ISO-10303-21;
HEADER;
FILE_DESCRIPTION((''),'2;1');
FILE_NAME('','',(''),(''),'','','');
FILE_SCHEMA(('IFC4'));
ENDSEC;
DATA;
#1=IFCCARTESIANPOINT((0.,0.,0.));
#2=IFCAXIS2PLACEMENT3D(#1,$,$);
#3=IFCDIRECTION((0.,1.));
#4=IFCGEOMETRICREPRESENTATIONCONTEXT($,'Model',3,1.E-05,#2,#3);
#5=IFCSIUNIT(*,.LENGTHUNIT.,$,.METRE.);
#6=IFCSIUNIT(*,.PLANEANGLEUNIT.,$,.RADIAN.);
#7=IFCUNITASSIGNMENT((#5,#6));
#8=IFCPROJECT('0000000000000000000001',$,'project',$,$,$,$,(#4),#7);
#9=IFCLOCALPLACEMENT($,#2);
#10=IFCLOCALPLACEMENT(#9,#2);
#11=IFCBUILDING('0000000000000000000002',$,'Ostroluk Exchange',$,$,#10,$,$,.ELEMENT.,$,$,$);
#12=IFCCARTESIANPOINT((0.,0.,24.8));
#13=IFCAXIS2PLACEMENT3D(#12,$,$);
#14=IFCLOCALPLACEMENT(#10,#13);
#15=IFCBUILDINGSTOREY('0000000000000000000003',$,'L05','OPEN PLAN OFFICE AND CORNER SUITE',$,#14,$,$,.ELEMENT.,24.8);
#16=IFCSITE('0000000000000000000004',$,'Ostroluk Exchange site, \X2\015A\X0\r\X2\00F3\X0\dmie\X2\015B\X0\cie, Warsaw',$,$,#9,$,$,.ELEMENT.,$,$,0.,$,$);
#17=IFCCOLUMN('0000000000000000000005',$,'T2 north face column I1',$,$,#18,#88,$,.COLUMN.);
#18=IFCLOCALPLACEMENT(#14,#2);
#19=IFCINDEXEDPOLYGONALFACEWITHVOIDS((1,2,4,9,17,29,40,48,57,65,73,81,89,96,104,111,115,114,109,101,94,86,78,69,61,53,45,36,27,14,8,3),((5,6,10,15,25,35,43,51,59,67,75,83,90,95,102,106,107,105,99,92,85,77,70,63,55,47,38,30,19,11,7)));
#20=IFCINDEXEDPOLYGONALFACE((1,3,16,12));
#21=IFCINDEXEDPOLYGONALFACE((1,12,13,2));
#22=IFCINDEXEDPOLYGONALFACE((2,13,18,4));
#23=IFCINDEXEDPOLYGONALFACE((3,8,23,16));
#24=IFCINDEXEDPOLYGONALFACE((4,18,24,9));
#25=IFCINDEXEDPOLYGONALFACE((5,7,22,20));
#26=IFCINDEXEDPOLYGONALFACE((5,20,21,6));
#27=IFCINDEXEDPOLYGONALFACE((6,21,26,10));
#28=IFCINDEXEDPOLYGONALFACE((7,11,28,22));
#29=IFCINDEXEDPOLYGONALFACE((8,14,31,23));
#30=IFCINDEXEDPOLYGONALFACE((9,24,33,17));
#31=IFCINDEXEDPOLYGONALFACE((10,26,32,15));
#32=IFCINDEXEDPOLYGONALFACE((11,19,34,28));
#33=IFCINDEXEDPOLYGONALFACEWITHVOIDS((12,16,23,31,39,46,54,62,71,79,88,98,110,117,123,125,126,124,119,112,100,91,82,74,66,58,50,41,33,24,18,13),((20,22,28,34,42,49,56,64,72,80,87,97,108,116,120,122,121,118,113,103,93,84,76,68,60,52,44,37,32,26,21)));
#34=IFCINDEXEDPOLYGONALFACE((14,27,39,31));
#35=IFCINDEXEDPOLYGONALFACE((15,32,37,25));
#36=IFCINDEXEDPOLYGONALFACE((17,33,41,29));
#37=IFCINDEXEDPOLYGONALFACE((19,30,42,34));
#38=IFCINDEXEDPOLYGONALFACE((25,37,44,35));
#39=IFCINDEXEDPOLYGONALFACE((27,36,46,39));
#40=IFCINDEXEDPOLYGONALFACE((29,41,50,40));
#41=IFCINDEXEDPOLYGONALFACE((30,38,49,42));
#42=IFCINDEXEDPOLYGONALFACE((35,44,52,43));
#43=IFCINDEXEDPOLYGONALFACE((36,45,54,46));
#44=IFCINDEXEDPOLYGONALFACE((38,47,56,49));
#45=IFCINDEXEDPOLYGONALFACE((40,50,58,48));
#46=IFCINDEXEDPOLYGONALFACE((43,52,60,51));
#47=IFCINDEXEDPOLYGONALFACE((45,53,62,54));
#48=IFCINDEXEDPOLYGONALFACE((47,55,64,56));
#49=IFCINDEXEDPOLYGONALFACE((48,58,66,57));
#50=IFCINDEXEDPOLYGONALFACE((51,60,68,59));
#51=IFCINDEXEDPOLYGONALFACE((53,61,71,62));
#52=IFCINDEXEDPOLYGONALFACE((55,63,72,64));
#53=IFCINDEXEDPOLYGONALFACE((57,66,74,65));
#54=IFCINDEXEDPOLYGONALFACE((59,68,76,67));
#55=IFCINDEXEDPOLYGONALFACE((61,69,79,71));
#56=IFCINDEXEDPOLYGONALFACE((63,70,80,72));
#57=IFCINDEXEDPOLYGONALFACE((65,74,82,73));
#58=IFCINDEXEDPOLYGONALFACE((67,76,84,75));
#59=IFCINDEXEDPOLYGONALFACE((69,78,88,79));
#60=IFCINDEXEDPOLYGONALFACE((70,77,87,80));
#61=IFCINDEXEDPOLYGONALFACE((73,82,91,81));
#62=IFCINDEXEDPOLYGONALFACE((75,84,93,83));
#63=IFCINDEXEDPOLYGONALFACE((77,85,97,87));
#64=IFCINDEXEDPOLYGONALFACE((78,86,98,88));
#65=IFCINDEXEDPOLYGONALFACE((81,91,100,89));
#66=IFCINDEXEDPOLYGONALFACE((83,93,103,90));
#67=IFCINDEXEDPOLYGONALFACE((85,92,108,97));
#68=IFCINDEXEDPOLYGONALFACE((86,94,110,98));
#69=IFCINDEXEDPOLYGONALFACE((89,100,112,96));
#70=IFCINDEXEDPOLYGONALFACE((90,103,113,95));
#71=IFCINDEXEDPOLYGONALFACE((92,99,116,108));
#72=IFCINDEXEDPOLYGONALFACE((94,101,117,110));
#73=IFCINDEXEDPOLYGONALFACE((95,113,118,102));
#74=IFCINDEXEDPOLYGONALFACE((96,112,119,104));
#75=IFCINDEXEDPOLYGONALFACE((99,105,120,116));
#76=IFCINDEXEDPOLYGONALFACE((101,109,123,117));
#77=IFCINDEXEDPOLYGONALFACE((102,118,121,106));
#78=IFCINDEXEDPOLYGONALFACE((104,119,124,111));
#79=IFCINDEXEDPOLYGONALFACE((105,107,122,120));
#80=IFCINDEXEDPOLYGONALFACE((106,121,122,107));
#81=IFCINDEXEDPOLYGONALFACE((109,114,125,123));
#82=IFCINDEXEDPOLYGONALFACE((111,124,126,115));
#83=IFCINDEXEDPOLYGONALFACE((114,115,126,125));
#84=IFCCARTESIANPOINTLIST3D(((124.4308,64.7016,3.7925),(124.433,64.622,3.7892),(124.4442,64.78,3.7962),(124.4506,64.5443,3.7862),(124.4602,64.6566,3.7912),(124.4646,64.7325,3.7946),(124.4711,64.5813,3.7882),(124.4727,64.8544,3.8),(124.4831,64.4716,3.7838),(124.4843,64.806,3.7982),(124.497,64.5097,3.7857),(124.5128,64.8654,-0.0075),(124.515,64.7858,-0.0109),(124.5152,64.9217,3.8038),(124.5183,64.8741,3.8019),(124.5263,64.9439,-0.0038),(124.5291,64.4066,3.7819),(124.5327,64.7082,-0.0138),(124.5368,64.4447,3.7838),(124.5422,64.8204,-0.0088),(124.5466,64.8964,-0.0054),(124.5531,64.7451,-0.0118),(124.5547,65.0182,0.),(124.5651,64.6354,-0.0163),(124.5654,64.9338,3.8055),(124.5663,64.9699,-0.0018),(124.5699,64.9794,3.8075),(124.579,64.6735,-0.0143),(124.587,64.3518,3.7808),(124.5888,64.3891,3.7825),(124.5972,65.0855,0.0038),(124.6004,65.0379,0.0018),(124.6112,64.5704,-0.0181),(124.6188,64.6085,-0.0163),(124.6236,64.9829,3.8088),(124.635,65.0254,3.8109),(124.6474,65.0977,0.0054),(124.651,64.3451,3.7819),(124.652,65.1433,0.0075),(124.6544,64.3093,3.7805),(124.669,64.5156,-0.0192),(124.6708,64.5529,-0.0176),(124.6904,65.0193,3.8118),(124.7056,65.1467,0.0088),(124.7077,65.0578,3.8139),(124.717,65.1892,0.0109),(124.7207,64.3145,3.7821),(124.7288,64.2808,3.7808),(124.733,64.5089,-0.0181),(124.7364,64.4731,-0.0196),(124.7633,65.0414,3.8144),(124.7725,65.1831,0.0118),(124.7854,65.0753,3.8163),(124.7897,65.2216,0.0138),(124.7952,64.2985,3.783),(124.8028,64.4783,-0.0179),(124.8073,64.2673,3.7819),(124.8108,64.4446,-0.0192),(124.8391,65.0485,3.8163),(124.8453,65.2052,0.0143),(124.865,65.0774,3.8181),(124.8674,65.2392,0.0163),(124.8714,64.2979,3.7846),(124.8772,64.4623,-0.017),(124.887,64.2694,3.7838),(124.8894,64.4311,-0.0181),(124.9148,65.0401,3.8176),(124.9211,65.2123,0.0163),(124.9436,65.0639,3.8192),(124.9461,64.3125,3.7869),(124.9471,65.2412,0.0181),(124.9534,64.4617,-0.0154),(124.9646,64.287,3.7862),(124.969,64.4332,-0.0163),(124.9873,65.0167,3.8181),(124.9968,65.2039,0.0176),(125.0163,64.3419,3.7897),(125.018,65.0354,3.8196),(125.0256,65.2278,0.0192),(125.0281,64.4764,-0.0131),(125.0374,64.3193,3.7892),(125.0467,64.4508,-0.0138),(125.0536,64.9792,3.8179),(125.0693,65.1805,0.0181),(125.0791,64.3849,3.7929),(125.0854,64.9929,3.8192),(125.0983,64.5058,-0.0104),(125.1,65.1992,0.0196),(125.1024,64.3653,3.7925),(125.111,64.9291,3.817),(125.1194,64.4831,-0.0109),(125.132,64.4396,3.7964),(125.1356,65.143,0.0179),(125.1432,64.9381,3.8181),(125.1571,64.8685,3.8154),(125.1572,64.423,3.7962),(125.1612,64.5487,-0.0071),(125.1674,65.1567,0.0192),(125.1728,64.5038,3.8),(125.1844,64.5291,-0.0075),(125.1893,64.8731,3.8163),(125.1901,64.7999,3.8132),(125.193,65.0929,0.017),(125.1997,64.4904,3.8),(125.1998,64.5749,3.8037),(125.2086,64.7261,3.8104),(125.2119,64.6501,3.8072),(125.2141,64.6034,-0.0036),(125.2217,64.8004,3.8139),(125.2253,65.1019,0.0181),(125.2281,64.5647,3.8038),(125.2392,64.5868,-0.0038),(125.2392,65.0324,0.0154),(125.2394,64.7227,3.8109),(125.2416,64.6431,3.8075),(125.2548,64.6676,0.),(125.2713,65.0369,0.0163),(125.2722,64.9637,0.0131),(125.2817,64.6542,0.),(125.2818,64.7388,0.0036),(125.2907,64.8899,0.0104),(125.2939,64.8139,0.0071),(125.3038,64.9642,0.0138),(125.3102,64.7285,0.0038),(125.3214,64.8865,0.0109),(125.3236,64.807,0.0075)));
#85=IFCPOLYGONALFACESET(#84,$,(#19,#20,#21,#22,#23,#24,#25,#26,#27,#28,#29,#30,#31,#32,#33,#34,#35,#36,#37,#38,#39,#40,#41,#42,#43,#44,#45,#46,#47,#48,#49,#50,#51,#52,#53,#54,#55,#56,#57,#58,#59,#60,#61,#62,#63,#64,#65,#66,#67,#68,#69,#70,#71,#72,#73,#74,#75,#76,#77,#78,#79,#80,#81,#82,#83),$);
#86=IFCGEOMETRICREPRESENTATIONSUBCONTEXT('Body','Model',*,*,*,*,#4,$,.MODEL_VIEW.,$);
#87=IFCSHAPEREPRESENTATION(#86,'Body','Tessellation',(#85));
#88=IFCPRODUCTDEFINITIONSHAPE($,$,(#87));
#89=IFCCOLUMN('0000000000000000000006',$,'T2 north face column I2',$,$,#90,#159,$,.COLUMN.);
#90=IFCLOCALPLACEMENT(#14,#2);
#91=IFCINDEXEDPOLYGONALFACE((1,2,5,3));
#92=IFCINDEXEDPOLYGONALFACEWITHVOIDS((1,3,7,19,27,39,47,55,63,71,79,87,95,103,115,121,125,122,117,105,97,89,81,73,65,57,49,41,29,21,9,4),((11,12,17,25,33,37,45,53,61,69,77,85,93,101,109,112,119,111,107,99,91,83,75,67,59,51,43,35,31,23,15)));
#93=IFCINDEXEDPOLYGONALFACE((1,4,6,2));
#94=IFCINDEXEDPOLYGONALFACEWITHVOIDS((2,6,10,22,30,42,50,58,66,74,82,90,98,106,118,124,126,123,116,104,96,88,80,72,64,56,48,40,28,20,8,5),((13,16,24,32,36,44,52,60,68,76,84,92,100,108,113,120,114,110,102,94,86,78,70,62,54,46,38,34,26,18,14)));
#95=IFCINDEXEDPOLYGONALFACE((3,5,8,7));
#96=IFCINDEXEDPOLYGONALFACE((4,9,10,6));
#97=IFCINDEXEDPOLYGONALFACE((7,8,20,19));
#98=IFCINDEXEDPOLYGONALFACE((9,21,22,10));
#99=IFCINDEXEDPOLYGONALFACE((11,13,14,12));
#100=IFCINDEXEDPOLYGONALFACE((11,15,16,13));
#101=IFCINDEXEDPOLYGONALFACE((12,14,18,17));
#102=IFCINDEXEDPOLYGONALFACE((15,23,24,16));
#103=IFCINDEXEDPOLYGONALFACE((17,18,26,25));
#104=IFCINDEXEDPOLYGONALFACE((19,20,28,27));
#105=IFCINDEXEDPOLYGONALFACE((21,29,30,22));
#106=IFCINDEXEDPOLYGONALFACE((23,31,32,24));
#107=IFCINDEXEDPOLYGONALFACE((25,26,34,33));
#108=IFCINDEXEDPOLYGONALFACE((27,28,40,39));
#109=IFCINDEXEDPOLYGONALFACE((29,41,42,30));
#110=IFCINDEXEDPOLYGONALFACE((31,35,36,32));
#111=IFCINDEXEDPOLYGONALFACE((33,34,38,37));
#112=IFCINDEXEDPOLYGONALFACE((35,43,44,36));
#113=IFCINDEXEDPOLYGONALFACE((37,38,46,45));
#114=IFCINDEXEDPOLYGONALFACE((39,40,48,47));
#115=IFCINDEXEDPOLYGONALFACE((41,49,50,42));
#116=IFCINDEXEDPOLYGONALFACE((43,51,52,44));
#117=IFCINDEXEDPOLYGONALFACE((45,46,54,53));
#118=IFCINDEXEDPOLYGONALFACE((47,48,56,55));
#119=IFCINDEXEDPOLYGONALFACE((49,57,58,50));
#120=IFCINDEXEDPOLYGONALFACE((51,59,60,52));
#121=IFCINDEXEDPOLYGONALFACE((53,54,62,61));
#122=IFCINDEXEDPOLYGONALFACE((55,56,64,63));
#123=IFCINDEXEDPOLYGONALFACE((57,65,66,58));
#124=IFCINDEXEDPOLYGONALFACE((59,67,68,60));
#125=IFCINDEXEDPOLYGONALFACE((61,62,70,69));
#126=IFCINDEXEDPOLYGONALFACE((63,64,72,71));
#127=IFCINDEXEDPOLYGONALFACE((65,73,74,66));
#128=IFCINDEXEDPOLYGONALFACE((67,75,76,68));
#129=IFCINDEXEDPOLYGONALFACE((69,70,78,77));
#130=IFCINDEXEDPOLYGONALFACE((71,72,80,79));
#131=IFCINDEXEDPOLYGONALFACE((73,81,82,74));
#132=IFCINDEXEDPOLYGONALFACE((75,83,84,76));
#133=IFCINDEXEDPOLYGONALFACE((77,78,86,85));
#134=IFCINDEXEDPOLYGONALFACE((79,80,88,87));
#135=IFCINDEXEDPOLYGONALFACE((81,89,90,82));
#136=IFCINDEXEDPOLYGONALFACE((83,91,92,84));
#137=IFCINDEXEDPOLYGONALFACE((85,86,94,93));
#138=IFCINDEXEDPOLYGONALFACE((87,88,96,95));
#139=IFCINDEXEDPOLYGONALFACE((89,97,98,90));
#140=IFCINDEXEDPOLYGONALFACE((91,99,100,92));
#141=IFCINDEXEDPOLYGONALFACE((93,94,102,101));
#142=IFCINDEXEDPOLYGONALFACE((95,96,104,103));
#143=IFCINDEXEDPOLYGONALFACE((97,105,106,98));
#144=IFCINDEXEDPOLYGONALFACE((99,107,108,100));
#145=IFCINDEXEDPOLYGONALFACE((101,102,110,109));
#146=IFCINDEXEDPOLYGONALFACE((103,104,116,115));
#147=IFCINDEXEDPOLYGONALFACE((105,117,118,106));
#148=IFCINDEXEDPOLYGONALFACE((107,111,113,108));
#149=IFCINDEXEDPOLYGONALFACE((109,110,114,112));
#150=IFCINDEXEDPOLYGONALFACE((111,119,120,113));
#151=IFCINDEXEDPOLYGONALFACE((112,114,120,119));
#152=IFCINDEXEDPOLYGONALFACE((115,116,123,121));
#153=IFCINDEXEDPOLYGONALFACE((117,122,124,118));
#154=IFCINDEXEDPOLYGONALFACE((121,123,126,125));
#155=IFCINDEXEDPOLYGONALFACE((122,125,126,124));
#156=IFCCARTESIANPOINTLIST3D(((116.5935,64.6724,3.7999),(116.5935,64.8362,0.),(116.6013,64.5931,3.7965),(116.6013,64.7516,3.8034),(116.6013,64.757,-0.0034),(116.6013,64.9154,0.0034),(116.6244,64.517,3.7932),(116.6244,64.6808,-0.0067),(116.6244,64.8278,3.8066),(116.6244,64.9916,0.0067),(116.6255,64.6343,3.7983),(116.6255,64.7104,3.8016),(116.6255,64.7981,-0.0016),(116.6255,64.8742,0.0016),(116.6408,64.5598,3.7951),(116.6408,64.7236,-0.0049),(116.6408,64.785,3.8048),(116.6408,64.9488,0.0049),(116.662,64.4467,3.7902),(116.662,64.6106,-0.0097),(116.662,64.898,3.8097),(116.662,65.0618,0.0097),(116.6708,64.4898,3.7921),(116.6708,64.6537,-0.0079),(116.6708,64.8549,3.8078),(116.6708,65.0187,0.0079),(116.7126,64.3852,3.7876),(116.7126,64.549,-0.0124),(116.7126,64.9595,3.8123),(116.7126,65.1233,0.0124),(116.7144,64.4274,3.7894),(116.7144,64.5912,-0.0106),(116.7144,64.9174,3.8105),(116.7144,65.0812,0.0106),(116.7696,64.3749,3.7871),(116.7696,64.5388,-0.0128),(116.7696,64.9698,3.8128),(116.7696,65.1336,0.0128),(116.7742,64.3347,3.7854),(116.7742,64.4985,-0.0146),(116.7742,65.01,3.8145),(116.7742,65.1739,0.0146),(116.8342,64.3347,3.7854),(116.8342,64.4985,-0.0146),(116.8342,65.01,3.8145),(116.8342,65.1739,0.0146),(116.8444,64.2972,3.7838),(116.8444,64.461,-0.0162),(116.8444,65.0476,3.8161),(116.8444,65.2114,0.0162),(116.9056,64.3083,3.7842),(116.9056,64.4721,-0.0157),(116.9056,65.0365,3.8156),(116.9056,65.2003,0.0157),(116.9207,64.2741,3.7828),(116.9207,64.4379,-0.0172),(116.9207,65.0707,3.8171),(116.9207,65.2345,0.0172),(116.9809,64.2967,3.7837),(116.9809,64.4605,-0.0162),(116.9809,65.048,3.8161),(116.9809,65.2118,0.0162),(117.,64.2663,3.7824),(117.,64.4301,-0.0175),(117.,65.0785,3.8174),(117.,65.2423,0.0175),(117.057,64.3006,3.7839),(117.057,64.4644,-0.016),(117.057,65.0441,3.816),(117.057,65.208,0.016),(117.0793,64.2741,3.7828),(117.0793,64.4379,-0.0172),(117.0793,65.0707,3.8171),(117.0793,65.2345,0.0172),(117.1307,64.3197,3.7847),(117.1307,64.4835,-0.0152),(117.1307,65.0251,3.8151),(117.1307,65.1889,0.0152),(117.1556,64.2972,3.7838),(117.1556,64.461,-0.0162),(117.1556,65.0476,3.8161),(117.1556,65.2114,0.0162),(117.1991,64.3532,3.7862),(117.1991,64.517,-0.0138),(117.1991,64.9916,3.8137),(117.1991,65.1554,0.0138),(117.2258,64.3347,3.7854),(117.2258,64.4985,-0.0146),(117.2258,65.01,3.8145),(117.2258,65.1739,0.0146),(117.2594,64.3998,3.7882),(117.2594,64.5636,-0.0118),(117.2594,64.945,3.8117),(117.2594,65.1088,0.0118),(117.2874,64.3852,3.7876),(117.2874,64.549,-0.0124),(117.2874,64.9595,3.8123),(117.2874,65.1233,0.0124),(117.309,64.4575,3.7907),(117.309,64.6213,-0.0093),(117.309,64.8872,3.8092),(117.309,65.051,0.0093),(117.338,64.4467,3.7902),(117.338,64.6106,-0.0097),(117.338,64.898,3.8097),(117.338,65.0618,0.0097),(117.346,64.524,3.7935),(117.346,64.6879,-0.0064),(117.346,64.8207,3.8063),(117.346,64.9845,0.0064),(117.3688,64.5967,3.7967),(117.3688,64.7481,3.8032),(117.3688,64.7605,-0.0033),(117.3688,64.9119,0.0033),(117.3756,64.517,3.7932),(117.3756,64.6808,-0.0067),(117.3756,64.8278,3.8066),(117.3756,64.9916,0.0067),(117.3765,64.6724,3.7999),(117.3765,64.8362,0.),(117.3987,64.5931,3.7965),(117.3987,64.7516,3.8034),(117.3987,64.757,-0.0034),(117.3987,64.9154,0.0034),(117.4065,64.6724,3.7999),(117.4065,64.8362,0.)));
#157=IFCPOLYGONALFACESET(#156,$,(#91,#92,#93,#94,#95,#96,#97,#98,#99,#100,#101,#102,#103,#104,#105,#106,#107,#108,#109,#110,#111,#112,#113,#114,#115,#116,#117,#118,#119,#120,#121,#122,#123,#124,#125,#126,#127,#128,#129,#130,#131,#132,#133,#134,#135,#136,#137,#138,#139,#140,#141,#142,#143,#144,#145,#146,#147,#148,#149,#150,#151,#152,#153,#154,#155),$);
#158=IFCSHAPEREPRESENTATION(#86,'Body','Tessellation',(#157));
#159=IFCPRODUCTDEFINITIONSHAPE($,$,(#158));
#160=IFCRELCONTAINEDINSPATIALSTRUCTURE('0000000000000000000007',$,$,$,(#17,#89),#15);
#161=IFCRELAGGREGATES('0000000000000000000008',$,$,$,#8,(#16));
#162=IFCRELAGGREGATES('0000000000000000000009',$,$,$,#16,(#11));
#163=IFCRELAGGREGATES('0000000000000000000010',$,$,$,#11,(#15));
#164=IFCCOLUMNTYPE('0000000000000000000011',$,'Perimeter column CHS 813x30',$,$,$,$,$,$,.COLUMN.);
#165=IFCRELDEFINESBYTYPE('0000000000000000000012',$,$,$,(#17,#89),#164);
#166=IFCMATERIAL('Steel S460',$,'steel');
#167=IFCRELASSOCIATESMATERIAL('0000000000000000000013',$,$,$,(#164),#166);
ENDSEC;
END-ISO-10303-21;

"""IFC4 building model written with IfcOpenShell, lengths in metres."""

from ifc_helpers import new_model, si_unit, direction, frame, origin, origin_2d, place, context, subcontext, project, spatial, hollow_circle, extrude, material, material_profile, profile_set, type_object, element, save


model = new_model("IFC4")

# Units and contexts
model_context = context("Model", 3, precision=1e-05, world=origin(), true_north=direction((0.0, 1.0)))
body_context = subcontext(model_context, "Body", "Model", "MODEL_VIEW")
ifc_project = project(units=[si_unit("LENGTHUNIT", "METRE"), si_unit("PLANEANGLEUNIT", "RADIAN")], contexts=[model_context])

# Site, building, storey
site_placement = place(None, origin())
site = spatial("IfcSite", under=ifc_project, at=site_placement, Name="Ostroluk Exchange site, Śródmieście, Warsaw", CompositionType="ELEMENT", RefElevation=0.0)
building_placement = place(site_placement, origin())
building = spatial("IfcBuilding", under=site, at=building_placement, Name="Ostroluk Exchange", CompositionType="ELEMENT")
storey_placement = place(building_placement, frame((0.0, 0.0, 24.8)))
storey = spatial("IfcBuildingStorey", under=building, at=storey_placement, Name="L05", Description="OPEN PLAN OFFICE AND CORNER SUITE", CompositionType="ELEMENT", Elevation=24.8)

# Columns
ifc_material_1 = material(Name="Steel S460", Category="steel")
ifc_material_profile_1 = material_profile(ifc_material_1, hollow_circle(Radius=0.4065, WallThickness=0.03, at=origin_2d()), Name="CHS 813x30")
ifc_profile_set_1 = profile_set([ifc_material_profile_1], Name="Steel S460")
column_type = type_object("IfcColumnType", Name="Perimeter column CHS 813x30", PredefinedType="COLUMN", material=ifc_profile_set_1)
column_1_placement = place(storey_placement, frame((124.9182, 64.8362, 0.0), z_axis=(-0.021562, -0.04306, 0.99884), x_axis=(0.894161, -0.447747, 0.0)))
element("IfcColumn", 1, at=column_1_placement, inside=storey, type_object=column_type, Name="T2 north face column I1", PredefinedType="COLUMN", context=body_context, shape_type="SweptSolid", body=[
    extrude(hollow_circle(Radius=0.4065, WallThickness=0.03, at=origin_2d()), origin(), (0.0, 0.0, 1.0), 3.8044),
])
column_2_placement = place(storey_placement, frame((117.0, 64.8362, 0.0), z_axis=(0.0, -0.04307, 0.999072), x_axis=(1.0, 0.0, 0.0)))
element("IfcColumn", 2, at=column_2_placement, inside=storey, type_object=column_type, Name="T2 north face column I2", PredefinedType="COLUMN", context=body_context, shape_type="SweptSolid", body=[
    extrude(hollow_circle(Radius=0.4065, WallThickness=0.03, at=origin_2d()), origin(), (0.0, 0.0, 1.0), 3.8035),
])

save(model, "model.ifc")
